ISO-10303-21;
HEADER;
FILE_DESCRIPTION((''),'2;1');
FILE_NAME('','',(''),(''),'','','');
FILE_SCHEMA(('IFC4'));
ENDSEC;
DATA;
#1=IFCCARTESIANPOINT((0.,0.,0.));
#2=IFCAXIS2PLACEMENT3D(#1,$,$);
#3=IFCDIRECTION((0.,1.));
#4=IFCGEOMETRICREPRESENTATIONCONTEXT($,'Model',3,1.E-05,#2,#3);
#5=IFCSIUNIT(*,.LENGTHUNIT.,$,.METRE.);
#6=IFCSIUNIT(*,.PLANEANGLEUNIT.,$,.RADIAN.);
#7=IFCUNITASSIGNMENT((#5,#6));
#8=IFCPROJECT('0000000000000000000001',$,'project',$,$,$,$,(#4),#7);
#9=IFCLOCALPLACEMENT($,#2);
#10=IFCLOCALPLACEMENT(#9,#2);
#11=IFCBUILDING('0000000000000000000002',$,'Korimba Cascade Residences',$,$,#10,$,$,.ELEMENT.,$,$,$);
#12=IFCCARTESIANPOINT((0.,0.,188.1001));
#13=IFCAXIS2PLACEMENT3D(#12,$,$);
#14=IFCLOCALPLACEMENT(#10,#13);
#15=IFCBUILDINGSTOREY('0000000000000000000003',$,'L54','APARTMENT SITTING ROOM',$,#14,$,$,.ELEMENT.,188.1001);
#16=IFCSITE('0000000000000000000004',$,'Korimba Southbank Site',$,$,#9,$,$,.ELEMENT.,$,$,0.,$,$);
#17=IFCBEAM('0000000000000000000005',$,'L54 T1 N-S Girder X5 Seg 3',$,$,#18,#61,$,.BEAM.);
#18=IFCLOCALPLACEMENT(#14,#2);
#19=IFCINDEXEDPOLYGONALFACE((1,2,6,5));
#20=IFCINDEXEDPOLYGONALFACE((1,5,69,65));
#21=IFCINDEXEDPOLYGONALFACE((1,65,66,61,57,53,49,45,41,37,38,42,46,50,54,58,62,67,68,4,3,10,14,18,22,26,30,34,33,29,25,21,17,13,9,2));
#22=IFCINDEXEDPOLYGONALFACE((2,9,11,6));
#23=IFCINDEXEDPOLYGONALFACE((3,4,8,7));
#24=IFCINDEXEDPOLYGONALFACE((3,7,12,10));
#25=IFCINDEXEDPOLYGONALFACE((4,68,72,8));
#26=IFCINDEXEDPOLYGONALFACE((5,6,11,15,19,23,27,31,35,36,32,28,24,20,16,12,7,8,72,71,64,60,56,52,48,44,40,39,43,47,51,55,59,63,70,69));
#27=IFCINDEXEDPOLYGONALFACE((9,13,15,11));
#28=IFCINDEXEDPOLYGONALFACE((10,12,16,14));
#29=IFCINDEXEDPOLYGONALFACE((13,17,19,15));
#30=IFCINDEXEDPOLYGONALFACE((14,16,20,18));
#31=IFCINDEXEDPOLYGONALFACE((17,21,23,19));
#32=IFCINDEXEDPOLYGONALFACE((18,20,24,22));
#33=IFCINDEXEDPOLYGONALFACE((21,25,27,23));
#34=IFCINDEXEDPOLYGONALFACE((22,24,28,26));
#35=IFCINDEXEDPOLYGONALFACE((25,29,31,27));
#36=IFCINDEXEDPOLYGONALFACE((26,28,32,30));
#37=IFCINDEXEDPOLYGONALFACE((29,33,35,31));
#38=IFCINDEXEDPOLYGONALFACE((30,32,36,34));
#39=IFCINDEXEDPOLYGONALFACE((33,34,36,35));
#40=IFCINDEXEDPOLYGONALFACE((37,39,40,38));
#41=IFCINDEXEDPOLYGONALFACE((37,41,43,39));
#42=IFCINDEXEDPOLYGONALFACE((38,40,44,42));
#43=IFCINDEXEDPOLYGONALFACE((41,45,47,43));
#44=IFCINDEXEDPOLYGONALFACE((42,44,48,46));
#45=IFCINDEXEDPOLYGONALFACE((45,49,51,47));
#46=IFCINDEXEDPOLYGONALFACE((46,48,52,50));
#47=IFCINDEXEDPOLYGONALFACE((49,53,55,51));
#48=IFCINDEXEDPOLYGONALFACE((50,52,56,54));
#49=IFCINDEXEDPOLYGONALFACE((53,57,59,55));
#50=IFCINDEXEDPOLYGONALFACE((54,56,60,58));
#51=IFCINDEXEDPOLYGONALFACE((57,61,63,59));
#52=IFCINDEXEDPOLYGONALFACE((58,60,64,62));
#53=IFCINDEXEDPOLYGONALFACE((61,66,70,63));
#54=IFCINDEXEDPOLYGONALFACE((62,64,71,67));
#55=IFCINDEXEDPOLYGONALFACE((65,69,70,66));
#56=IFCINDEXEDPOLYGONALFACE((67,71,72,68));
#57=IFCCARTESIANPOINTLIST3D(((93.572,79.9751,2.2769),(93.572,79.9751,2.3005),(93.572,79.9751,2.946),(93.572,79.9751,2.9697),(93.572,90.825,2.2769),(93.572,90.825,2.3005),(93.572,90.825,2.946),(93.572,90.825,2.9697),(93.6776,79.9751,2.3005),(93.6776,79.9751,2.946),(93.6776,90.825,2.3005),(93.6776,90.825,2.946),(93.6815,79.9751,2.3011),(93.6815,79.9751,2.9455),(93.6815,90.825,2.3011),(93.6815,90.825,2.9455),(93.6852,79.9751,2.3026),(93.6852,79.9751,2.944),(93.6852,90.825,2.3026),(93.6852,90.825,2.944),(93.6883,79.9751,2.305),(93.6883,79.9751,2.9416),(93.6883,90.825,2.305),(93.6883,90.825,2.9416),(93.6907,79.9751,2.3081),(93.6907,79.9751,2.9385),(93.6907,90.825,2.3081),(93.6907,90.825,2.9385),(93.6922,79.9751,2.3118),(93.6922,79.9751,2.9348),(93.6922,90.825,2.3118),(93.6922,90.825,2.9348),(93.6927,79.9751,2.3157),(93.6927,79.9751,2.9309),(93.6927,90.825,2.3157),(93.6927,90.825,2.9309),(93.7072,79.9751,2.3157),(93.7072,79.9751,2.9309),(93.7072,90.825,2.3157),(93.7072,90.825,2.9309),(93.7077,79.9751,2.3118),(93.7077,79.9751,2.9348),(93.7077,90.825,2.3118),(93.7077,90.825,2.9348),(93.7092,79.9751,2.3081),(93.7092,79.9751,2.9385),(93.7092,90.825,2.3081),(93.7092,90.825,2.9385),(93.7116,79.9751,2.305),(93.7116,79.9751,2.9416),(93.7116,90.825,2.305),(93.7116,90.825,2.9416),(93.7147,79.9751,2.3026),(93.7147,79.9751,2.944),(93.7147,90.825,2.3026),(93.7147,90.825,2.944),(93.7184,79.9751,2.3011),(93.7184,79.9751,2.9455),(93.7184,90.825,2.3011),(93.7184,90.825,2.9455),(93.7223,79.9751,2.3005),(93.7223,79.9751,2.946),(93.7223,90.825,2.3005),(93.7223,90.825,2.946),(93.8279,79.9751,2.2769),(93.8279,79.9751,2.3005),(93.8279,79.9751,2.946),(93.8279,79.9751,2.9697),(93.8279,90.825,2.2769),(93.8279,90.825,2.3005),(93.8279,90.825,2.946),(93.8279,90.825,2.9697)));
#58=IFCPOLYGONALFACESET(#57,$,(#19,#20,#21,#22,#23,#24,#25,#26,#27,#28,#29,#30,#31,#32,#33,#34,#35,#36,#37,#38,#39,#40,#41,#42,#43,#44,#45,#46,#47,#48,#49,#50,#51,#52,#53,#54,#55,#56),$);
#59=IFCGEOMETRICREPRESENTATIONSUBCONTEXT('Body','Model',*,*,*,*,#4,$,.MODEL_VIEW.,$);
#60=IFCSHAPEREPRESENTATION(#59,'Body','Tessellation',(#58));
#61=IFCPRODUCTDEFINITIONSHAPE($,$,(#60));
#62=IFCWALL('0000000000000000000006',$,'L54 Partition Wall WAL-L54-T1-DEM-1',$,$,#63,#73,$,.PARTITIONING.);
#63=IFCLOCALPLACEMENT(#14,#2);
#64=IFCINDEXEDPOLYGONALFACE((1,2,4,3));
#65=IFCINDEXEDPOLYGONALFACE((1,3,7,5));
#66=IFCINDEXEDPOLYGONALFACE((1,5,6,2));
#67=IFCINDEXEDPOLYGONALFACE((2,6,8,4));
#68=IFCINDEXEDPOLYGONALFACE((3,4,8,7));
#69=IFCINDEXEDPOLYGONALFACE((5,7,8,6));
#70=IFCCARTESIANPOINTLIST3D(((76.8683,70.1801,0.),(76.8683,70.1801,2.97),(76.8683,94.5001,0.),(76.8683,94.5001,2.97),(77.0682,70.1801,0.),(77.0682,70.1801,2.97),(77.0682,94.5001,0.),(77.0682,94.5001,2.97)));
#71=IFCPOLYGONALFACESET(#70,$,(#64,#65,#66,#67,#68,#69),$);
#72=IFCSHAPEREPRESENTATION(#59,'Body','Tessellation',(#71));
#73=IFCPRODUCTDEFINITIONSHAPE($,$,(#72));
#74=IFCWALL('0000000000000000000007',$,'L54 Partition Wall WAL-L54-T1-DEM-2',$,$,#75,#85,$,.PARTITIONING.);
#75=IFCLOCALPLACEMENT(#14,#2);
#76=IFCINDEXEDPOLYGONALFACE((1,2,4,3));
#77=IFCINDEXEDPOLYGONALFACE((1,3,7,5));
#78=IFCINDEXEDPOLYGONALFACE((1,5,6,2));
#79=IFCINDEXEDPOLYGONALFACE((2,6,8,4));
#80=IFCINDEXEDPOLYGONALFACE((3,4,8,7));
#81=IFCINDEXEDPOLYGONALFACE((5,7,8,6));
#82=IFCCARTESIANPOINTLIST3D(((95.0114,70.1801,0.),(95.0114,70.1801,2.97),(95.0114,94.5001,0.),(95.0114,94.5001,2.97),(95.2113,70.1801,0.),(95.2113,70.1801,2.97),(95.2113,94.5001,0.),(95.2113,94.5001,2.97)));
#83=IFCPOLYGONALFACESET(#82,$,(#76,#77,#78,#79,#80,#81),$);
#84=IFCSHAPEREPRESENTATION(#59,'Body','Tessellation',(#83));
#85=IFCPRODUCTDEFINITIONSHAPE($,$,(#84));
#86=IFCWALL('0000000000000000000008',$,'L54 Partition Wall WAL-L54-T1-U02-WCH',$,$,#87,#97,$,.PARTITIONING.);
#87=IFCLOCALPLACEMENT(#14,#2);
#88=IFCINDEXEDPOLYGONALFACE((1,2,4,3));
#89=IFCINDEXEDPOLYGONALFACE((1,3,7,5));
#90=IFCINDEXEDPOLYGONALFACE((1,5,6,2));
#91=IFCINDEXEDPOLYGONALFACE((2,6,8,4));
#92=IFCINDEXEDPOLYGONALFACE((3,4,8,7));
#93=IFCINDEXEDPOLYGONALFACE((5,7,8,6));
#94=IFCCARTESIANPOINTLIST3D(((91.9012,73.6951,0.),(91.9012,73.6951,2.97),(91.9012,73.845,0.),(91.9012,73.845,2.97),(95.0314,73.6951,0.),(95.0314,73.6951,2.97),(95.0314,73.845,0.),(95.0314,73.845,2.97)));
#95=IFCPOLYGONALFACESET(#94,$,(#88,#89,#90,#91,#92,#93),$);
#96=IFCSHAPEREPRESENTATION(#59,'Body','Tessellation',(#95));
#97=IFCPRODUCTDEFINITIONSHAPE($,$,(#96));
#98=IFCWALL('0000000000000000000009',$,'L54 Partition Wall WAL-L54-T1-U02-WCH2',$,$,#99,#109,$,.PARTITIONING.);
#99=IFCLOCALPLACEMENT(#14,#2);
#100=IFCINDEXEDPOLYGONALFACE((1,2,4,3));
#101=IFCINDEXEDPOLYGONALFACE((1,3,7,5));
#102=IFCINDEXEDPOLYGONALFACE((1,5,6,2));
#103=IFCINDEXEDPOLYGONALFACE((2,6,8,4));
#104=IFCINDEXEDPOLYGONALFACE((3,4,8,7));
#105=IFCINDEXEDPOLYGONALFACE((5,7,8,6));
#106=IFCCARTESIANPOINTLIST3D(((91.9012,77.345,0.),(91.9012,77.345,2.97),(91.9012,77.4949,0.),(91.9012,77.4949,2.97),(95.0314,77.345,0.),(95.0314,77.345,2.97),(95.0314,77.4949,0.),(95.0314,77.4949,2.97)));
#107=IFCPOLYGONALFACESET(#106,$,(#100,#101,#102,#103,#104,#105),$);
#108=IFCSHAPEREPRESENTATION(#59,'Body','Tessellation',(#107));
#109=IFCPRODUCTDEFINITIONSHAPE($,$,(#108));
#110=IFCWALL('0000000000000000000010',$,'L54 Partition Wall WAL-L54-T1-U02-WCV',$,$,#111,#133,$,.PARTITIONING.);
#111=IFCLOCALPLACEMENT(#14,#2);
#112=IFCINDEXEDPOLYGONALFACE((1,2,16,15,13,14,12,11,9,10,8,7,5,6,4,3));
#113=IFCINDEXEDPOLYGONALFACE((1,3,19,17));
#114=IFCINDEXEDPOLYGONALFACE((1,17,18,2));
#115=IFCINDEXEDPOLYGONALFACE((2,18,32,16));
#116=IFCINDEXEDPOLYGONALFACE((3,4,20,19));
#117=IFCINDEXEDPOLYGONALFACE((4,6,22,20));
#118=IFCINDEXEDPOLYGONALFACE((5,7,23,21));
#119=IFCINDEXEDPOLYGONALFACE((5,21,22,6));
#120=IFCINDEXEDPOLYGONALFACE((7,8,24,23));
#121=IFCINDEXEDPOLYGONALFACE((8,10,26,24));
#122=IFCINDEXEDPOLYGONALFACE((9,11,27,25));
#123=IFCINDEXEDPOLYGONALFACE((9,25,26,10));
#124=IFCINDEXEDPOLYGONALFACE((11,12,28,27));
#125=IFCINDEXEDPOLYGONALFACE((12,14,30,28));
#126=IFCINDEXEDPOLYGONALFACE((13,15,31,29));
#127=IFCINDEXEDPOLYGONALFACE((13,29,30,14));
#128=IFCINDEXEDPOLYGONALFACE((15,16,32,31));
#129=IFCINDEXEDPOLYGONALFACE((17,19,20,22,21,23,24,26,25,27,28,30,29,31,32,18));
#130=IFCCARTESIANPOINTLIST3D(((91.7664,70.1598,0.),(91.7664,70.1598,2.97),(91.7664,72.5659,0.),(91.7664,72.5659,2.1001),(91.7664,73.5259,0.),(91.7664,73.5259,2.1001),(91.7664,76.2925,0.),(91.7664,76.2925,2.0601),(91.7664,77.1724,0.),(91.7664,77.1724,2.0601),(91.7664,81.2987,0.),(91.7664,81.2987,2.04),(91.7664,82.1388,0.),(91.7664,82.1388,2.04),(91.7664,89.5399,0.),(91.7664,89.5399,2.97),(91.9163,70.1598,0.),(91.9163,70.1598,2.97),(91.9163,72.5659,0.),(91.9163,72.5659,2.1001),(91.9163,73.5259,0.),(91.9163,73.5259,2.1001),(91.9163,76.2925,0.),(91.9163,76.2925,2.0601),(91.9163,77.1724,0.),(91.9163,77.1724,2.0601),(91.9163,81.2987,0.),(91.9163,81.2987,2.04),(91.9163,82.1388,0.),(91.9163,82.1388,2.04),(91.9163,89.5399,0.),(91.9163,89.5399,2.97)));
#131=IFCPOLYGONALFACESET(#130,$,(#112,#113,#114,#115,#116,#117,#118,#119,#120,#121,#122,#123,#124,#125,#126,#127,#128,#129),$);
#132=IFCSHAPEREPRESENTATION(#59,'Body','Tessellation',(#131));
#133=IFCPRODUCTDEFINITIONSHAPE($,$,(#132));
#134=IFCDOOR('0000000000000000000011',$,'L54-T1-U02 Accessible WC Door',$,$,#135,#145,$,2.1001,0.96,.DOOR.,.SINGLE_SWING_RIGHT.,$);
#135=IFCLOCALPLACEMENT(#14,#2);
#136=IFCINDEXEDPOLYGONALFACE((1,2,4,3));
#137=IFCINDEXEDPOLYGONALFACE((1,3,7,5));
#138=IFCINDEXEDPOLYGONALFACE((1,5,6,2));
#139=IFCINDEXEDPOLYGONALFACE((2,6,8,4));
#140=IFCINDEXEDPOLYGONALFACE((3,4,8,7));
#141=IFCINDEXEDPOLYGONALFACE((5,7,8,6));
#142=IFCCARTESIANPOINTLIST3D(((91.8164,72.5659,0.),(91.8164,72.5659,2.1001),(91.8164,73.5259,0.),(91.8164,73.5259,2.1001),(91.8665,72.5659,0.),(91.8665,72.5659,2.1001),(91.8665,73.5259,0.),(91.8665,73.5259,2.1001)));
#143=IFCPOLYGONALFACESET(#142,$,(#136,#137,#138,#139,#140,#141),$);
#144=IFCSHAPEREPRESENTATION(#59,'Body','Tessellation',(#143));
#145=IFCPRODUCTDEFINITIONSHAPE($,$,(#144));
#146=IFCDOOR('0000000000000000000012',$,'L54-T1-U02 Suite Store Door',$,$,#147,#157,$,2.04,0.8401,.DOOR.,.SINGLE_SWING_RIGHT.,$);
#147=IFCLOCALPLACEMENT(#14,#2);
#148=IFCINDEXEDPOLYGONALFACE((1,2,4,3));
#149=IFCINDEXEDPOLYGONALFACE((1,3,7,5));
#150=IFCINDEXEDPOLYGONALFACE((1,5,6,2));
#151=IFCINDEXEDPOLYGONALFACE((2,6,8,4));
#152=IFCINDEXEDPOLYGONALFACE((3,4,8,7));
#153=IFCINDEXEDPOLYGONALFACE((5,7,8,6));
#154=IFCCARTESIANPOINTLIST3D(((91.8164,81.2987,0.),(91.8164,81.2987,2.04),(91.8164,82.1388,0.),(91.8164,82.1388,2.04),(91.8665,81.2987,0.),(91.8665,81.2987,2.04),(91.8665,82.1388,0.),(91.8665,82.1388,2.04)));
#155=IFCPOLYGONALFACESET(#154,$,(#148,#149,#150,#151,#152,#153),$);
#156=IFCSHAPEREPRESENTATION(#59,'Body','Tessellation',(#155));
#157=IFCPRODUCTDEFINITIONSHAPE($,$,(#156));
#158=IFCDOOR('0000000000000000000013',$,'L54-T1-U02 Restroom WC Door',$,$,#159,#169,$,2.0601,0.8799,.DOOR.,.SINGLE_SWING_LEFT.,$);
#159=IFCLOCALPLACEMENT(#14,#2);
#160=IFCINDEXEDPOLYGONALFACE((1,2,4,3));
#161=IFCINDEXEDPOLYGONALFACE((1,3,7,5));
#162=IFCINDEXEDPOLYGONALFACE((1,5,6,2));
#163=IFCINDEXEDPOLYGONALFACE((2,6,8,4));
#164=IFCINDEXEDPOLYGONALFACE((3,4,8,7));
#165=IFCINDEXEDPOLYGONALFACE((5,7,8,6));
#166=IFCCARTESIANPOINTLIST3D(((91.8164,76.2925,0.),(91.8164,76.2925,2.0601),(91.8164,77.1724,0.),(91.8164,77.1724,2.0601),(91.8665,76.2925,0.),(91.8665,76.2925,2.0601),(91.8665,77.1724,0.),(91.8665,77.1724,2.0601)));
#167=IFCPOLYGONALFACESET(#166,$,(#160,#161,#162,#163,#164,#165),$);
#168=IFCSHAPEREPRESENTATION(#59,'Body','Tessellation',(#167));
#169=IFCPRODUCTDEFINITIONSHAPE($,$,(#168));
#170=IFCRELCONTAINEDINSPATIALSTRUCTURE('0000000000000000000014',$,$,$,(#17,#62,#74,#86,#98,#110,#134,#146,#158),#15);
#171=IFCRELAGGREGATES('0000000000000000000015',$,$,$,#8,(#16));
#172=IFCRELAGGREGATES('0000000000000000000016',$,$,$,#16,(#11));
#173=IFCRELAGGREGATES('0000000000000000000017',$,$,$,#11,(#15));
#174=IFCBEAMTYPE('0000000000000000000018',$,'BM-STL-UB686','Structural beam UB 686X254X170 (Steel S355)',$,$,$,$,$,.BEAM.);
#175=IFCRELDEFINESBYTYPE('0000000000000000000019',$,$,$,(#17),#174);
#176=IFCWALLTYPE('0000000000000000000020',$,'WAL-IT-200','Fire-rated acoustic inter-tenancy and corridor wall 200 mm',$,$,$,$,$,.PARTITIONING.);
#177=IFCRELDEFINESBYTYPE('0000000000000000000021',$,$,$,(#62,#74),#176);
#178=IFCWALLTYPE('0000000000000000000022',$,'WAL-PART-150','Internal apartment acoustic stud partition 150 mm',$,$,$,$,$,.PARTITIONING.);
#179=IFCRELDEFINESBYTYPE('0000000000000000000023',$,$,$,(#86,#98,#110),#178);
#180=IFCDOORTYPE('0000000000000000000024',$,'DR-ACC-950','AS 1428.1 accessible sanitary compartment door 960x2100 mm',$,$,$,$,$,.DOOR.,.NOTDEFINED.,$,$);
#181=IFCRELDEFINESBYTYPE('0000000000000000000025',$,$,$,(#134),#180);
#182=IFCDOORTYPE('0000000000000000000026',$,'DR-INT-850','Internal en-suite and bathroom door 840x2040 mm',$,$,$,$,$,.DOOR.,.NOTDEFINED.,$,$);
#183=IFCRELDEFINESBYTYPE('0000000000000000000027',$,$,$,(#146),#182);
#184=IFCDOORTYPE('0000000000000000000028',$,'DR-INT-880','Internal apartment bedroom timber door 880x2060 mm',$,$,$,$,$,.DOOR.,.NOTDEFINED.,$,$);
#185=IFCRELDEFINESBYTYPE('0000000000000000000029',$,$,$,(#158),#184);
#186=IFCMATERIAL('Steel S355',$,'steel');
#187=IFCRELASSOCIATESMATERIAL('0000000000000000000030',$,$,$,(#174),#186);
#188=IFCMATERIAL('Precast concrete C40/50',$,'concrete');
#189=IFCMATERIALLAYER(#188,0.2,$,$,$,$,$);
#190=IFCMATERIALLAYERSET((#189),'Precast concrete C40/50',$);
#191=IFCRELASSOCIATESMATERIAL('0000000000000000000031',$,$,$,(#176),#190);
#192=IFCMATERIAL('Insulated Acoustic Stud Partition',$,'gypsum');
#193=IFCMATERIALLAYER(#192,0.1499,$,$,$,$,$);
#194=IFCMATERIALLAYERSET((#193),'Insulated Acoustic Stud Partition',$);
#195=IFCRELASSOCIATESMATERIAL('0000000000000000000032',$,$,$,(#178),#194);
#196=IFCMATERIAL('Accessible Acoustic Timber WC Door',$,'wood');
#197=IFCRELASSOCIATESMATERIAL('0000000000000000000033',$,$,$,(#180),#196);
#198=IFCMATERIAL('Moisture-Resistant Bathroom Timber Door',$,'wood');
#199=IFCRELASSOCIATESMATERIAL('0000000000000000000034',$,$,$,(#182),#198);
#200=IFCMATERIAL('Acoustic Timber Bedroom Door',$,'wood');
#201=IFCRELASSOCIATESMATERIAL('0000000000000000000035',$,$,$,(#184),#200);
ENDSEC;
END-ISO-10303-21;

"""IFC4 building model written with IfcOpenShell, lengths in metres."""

from ifc_helpers import new_model, si_unit, direction, frame, frame_2d, origin, origin_2d, place, context, subcontext, project, spatial, rectangle, i_section, extrude, material, layer, layer_set, material_profile, profile_set, type_object, element, fill, save


model = new_model("IFC4")

# Units and contexts
model_context = context("Model", 3, precision=1e-05, world=origin(), true_north=direction((0.0, 1.0)))
body_context = subcontext(model_context, "Body", "Model", "MODEL_VIEW")
ifc_project = project(units=[si_unit("LENGTHUNIT", "METRE"), si_unit("PLANEANGLEUNIT", "RADIAN")], contexts=[model_context])

# Site, building, storey
site_placement = place(None, origin())
site = spatial("IfcSite", under=ifc_project, at=site_placement, Name="Korimba Southbank Site", CompositionType="ELEMENT", RefElevation=0.0)
building_placement = place(site_placement, origin())
building = spatial("IfcBuilding", under=site, at=building_placement, Name="Korimba Cascade Residences", CompositionType="ELEMENT")
storey_placement = place(building_placement, frame((0.0, 0.0, 188.1001)))
storey = spatial("IfcBuildingStorey", under=building, at=storey_placement, Name="L54", Description="APARTMENT SITTING ROOM", CompositionType="ELEMENT", Elevation=188.1001)

# Beam
ifc_material_1 = material(Name="Steel S355", Category="steel")
ifc_material_profile_1 = material_profile(ifc_material_1, i_section(OverallWidth=0.2559, OverallDepth=0.6929, WebThickness=0.0144, FlangeThickness=0.0237, FilletRadius=0.0151, at=origin_2d()), Name="Steel S355")
ifc_profile_set_1 = profile_set([ifc_material_profile_1], Name="Steel S355")
beam_type_1 = type_object("IfcBeamType", Name="BM-STL-UB686", Description="Structural beam UB 686X254X170 (Steel S355)", PredefinedType="BEAM", material=ifc_profile_set_1)
for number, where, z_axis, x_axis, name in (
    (1, (93.7, 79.9751, 2.6233), (0.0, 1.0, 0.0), (-1.0, 0.0, 0.0), "L54 T1 N-S Girder X5 Seg 3"),
):
    element("IfcBeam", number, at=place(storey_placement, frame(where, z_axis=z_axis, x_axis=x_axis)), inside=storey, type_object=beam_type_1, Name=name, PredefinedType="BEAM", context=body_context, shape_type="SweptSolid", body=[
        extrude(i_section(OverallWidth=0.2559, OverallDepth=0.6929, WebThickness=0.0144, FlangeThickness=0.0237, FilletRadius=0.0151, at=origin_2d()), origin(), (0.0, 0.0, 1.0), 10.8499),
    ])

# Walls
ifc_material_2 = material(Name="Precast concrete C40/50", Category="concrete")
ifc_layer_1 = layer(ifc_material_2, 0.2)
ifc_layer_set_1 = layer_set([ifc_layer_1], Name="Precast concrete C40/50")
wall_type_1 = type_object("IfcWallType", Name="WAL-IT-200", Description="Fire-rated acoustic inter-tenancy and corridor wall 200 mm", PredefinedType="PARTITIONING", material=ifc_layer_set_1)
for number, where, z_axis, x_axis, name in (
    (2, (76.9683, 70.1799, 0.0), (0.0, 0.0, 1.0), (0.0, 1.0, 0.0), "L54 Partition Wall WAL-L54-T1-DEM-1"),
    (3, (95.1113, 70.1799, 0.0), (0.0, 0.0, 1.0), (0.0, 1.0, 0.0), "L54 Partition Wall WAL-L54-T1-DEM-2"),
):
    element("IfcWall", number, at=place(storey_placement, frame(where, z_axis=z_axis, x_axis=x_axis)), inside=storey, type_object=wall_type_1, Name=name, PredefinedType="PARTITIONING", context=body_context, shape_type="SweptSolid", body=[
        extrude(rectangle(XDim=24.3201, YDim=0.2, at=frame_2d((12.1602, 0.0))), origin(), (0.0, 0.0, 1.0), 2.97),
    ])
ifc_material_3 = material(Name="Insulated Acoustic Stud Partition", Category="gypsum")
ifc_layer_2 = layer(ifc_material_3, 0.1499)
ifc_layer_set_2 = layer_set([ifc_layer_2], Name="Insulated Acoustic Stud Partition")
wall_type_2 = type_object("IfcWallType", Name="WAL-PART-150", Description="Internal apartment acoustic stud partition 150 mm", PredefinedType="PARTITIONING", material=ifc_layer_set_2)
for number, where, z_axis, x_axis, name in (
    (4, (91.9014, 73.77, 0.0), (0.0, 0.0, 1.0), (1.0, 0.0, 0.0), "L54 Partition Wall WAL-L54-T1-U02-WCH"),
    (5, (91.9014, 77.4199, 0.0), (0.0, 0.0, 1.0), (1.0, 0.0, 0.0), "L54 Partition Wall WAL-L54-T1-U02-WCH2"),
):
    element("IfcWall", number, at=place(storey_placement, frame(where, z_axis=z_axis, x_axis=x_axis)), inside=storey, type_object=wall_type_2, Name=name, PredefinedType="PARTITIONING", context=body_context, shape_type="SweptSolid", body=[
        extrude(rectangle(XDim=3.1301, YDim=0.1499, at=frame_2d((1.5649, 0.0))), origin(), (0.0, 0.0, 1.0), 2.97),
    ])

# Wall, openings, doors
wall_1_placement = place(storey_placement, frame((91.8413, 70.1599, 0.0), z_axis=(0.0, 0.0, 1.0), x_axis=(0.0, 1.0, 0.0)))
wall_1 = element("IfcWall", 6, at=wall_1_placement, inside=storey, type_object=wall_type_2, Name="L54 Partition Wall WAL-L54-T1-U02-WCV", PredefinedType="PARTITIONING", context=body_context, shape_type="SweptSolid", body=[
    extrude(rectangle(XDim=19.3801, YDim=0.1499, at=frame_2d((9.6899, 0.0))), origin(), (0.0, 0.0, 1.0), 2.97),
])
opening_1_placement = place(wall_1_placement, frame((2.406, 0.0, 0.0)))
opening_1 = element("IfcOpeningElement", 7, at=opening_1_placement, cuts=wall_1, PredefinedType="OPENING", context=body_context, shape_type="SweptSolid", body=[
    extrude(rectangle(XDim=0.96, YDim=2.1001, at=frame_2d((0.48, 1.05))), frame((0.0, 0.085, 0.0), z_axis=(0.0, -1.0, 0.0), x_axis=(1.0, 0.0, 0.0)), (0.0, 0.0, 1.0), 0.1699),
])
opening_2_placement = place(wall_1_placement, frame((6.1326, 0.0, 0.0)))
opening_2 = element("IfcOpeningElement", 8, at=opening_2_placement, cuts=wall_1, PredefinedType="OPENING", context=body_context, shape_type="SweptSolid", body=[
    extrude(rectangle(XDim=0.8799, YDim=2.0601, at=frame_2d((0.4399, 1.03))), frame((0.0, 0.085, 0.0), z_axis=(0.0, -1.0, 0.0), x_axis=(1.0, 0.0, 0.0)), (0.0, 0.0, 1.0), 0.1699),
])
opening_3_placement = place(wall_1_placement, frame((11.1389, 0.0, 0.0)))
opening_3 = element("IfcOpeningElement", 9, at=opening_3_placement, cuts=wall_1, PredefinedType="OPENING", context=body_context, shape_type="SweptSolid", body=[
    extrude(rectangle(XDim=0.8401, YDim=2.04, at=frame_2d((0.4199, 1.02))), frame((0.0, 0.085, 0.0), z_axis=(0.0, -1.0, 0.0), x_axis=(1.0, 0.0, 0.0)), (0.0, 0.0, 1.0), 0.1699),
])
ifc_material_4 = material(Name="Accessible Acoustic Timber WC Door", Category="wood")
door_type_1 = type_object("IfcDoorType", Name="DR-ACC-950", Description="AS 1428.1 accessible sanitary compartment door 960x2100 mm", OperationType="NOTDEFINED", PredefinedType="DOOR", material=ifc_material_4)
door_1_placement = place(opening_1_placement, origin())
door_1 = element("IfcDoor", 10, at=door_1_placement, inside=storey, type_object=door_type_1, Name="L54-T1-U02 Accessible WC Door", OperationType="SINGLE_SWING_RIGHT", OverallHeight=2.1001, OverallWidth=0.96, PredefinedType="DOOR", context=body_context, shape_type="SweptSolid", body=[
    extrude(rectangle(XDim=0.96, YDim=2.1001, at=frame_2d((0.48, 1.05))), frame((0.0, 0.0249, 0.0), z_axis=(0.0, -1.0, 0.0), x_axis=(1.0, 0.0, 0.0)), (0.0, 0.0, 1.0), 0.05),
])
fill(opening_1, door_1)
ifc_material_5 = material(Name="Moisture-Resistant Bathroom Timber Door", Category="wood")
door_type_2 = type_object("IfcDoorType", Name="DR-INT-850", Description="Internal en-suite and bathroom door 840x2040 mm", OperationType="NOTDEFINED", PredefinedType="DOOR", material=ifc_material_5)
door_2_placement = place(opening_3_placement, origin())
door_2 = element("IfcDoor", 11, at=door_2_placement, inside=storey, type_object=door_type_2, Name="L54-T1-U02 Suite Store Door", OperationType="SINGLE_SWING_RIGHT", OverallHeight=2.04, OverallWidth=0.8401, PredefinedType="DOOR", context=body_context, shape_type="SweptSolid", body=[
    extrude(rectangle(XDim=0.8401, YDim=2.04, at=frame_2d((0.4199, 1.02))), frame((0.0, 0.0249, 0.0), z_axis=(0.0, -1.0, 0.0), x_axis=(1.0, 0.0, 0.0)), (0.0, 0.0, 1.0), 0.05),
])
fill(opening_3, door_2)
ifc_material_6 = material(Name="Acoustic Timber Bedroom Door", Category="wood")
door_type_3 = type_object("IfcDoorType", Name="DR-INT-880", Description="Internal apartment bedroom timber door 880x2060 mm", OperationType="NOTDEFINED", PredefinedType="DOOR", material=ifc_material_6)
door_3_placement = place(opening_2_placement, origin())
door_3 = element("IfcDoor", 12, at=door_3_placement, inside=storey, type_object=door_type_3, Name="L54-T1-U02 Restroom WC Door", OperationType="SINGLE_SWING_LEFT", OverallHeight=2.0601, OverallWidth=0.8799, PredefinedType="DOOR", context=body_context, shape_type="SweptSolid", body=[
    extrude(rectangle(XDim=0.8799, YDim=2.0601, at=frame_2d((0.4399, 1.03))), frame((0.0, 0.0249, 0.0), z_axis=(0.0, -1.0, 0.0), x_axis=(1.0, 0.0, 0.0)), (0.0, 0.0, 1.0), 0.05),
])
fill(opening_2, door_3)

save(model, "model.ifc")
